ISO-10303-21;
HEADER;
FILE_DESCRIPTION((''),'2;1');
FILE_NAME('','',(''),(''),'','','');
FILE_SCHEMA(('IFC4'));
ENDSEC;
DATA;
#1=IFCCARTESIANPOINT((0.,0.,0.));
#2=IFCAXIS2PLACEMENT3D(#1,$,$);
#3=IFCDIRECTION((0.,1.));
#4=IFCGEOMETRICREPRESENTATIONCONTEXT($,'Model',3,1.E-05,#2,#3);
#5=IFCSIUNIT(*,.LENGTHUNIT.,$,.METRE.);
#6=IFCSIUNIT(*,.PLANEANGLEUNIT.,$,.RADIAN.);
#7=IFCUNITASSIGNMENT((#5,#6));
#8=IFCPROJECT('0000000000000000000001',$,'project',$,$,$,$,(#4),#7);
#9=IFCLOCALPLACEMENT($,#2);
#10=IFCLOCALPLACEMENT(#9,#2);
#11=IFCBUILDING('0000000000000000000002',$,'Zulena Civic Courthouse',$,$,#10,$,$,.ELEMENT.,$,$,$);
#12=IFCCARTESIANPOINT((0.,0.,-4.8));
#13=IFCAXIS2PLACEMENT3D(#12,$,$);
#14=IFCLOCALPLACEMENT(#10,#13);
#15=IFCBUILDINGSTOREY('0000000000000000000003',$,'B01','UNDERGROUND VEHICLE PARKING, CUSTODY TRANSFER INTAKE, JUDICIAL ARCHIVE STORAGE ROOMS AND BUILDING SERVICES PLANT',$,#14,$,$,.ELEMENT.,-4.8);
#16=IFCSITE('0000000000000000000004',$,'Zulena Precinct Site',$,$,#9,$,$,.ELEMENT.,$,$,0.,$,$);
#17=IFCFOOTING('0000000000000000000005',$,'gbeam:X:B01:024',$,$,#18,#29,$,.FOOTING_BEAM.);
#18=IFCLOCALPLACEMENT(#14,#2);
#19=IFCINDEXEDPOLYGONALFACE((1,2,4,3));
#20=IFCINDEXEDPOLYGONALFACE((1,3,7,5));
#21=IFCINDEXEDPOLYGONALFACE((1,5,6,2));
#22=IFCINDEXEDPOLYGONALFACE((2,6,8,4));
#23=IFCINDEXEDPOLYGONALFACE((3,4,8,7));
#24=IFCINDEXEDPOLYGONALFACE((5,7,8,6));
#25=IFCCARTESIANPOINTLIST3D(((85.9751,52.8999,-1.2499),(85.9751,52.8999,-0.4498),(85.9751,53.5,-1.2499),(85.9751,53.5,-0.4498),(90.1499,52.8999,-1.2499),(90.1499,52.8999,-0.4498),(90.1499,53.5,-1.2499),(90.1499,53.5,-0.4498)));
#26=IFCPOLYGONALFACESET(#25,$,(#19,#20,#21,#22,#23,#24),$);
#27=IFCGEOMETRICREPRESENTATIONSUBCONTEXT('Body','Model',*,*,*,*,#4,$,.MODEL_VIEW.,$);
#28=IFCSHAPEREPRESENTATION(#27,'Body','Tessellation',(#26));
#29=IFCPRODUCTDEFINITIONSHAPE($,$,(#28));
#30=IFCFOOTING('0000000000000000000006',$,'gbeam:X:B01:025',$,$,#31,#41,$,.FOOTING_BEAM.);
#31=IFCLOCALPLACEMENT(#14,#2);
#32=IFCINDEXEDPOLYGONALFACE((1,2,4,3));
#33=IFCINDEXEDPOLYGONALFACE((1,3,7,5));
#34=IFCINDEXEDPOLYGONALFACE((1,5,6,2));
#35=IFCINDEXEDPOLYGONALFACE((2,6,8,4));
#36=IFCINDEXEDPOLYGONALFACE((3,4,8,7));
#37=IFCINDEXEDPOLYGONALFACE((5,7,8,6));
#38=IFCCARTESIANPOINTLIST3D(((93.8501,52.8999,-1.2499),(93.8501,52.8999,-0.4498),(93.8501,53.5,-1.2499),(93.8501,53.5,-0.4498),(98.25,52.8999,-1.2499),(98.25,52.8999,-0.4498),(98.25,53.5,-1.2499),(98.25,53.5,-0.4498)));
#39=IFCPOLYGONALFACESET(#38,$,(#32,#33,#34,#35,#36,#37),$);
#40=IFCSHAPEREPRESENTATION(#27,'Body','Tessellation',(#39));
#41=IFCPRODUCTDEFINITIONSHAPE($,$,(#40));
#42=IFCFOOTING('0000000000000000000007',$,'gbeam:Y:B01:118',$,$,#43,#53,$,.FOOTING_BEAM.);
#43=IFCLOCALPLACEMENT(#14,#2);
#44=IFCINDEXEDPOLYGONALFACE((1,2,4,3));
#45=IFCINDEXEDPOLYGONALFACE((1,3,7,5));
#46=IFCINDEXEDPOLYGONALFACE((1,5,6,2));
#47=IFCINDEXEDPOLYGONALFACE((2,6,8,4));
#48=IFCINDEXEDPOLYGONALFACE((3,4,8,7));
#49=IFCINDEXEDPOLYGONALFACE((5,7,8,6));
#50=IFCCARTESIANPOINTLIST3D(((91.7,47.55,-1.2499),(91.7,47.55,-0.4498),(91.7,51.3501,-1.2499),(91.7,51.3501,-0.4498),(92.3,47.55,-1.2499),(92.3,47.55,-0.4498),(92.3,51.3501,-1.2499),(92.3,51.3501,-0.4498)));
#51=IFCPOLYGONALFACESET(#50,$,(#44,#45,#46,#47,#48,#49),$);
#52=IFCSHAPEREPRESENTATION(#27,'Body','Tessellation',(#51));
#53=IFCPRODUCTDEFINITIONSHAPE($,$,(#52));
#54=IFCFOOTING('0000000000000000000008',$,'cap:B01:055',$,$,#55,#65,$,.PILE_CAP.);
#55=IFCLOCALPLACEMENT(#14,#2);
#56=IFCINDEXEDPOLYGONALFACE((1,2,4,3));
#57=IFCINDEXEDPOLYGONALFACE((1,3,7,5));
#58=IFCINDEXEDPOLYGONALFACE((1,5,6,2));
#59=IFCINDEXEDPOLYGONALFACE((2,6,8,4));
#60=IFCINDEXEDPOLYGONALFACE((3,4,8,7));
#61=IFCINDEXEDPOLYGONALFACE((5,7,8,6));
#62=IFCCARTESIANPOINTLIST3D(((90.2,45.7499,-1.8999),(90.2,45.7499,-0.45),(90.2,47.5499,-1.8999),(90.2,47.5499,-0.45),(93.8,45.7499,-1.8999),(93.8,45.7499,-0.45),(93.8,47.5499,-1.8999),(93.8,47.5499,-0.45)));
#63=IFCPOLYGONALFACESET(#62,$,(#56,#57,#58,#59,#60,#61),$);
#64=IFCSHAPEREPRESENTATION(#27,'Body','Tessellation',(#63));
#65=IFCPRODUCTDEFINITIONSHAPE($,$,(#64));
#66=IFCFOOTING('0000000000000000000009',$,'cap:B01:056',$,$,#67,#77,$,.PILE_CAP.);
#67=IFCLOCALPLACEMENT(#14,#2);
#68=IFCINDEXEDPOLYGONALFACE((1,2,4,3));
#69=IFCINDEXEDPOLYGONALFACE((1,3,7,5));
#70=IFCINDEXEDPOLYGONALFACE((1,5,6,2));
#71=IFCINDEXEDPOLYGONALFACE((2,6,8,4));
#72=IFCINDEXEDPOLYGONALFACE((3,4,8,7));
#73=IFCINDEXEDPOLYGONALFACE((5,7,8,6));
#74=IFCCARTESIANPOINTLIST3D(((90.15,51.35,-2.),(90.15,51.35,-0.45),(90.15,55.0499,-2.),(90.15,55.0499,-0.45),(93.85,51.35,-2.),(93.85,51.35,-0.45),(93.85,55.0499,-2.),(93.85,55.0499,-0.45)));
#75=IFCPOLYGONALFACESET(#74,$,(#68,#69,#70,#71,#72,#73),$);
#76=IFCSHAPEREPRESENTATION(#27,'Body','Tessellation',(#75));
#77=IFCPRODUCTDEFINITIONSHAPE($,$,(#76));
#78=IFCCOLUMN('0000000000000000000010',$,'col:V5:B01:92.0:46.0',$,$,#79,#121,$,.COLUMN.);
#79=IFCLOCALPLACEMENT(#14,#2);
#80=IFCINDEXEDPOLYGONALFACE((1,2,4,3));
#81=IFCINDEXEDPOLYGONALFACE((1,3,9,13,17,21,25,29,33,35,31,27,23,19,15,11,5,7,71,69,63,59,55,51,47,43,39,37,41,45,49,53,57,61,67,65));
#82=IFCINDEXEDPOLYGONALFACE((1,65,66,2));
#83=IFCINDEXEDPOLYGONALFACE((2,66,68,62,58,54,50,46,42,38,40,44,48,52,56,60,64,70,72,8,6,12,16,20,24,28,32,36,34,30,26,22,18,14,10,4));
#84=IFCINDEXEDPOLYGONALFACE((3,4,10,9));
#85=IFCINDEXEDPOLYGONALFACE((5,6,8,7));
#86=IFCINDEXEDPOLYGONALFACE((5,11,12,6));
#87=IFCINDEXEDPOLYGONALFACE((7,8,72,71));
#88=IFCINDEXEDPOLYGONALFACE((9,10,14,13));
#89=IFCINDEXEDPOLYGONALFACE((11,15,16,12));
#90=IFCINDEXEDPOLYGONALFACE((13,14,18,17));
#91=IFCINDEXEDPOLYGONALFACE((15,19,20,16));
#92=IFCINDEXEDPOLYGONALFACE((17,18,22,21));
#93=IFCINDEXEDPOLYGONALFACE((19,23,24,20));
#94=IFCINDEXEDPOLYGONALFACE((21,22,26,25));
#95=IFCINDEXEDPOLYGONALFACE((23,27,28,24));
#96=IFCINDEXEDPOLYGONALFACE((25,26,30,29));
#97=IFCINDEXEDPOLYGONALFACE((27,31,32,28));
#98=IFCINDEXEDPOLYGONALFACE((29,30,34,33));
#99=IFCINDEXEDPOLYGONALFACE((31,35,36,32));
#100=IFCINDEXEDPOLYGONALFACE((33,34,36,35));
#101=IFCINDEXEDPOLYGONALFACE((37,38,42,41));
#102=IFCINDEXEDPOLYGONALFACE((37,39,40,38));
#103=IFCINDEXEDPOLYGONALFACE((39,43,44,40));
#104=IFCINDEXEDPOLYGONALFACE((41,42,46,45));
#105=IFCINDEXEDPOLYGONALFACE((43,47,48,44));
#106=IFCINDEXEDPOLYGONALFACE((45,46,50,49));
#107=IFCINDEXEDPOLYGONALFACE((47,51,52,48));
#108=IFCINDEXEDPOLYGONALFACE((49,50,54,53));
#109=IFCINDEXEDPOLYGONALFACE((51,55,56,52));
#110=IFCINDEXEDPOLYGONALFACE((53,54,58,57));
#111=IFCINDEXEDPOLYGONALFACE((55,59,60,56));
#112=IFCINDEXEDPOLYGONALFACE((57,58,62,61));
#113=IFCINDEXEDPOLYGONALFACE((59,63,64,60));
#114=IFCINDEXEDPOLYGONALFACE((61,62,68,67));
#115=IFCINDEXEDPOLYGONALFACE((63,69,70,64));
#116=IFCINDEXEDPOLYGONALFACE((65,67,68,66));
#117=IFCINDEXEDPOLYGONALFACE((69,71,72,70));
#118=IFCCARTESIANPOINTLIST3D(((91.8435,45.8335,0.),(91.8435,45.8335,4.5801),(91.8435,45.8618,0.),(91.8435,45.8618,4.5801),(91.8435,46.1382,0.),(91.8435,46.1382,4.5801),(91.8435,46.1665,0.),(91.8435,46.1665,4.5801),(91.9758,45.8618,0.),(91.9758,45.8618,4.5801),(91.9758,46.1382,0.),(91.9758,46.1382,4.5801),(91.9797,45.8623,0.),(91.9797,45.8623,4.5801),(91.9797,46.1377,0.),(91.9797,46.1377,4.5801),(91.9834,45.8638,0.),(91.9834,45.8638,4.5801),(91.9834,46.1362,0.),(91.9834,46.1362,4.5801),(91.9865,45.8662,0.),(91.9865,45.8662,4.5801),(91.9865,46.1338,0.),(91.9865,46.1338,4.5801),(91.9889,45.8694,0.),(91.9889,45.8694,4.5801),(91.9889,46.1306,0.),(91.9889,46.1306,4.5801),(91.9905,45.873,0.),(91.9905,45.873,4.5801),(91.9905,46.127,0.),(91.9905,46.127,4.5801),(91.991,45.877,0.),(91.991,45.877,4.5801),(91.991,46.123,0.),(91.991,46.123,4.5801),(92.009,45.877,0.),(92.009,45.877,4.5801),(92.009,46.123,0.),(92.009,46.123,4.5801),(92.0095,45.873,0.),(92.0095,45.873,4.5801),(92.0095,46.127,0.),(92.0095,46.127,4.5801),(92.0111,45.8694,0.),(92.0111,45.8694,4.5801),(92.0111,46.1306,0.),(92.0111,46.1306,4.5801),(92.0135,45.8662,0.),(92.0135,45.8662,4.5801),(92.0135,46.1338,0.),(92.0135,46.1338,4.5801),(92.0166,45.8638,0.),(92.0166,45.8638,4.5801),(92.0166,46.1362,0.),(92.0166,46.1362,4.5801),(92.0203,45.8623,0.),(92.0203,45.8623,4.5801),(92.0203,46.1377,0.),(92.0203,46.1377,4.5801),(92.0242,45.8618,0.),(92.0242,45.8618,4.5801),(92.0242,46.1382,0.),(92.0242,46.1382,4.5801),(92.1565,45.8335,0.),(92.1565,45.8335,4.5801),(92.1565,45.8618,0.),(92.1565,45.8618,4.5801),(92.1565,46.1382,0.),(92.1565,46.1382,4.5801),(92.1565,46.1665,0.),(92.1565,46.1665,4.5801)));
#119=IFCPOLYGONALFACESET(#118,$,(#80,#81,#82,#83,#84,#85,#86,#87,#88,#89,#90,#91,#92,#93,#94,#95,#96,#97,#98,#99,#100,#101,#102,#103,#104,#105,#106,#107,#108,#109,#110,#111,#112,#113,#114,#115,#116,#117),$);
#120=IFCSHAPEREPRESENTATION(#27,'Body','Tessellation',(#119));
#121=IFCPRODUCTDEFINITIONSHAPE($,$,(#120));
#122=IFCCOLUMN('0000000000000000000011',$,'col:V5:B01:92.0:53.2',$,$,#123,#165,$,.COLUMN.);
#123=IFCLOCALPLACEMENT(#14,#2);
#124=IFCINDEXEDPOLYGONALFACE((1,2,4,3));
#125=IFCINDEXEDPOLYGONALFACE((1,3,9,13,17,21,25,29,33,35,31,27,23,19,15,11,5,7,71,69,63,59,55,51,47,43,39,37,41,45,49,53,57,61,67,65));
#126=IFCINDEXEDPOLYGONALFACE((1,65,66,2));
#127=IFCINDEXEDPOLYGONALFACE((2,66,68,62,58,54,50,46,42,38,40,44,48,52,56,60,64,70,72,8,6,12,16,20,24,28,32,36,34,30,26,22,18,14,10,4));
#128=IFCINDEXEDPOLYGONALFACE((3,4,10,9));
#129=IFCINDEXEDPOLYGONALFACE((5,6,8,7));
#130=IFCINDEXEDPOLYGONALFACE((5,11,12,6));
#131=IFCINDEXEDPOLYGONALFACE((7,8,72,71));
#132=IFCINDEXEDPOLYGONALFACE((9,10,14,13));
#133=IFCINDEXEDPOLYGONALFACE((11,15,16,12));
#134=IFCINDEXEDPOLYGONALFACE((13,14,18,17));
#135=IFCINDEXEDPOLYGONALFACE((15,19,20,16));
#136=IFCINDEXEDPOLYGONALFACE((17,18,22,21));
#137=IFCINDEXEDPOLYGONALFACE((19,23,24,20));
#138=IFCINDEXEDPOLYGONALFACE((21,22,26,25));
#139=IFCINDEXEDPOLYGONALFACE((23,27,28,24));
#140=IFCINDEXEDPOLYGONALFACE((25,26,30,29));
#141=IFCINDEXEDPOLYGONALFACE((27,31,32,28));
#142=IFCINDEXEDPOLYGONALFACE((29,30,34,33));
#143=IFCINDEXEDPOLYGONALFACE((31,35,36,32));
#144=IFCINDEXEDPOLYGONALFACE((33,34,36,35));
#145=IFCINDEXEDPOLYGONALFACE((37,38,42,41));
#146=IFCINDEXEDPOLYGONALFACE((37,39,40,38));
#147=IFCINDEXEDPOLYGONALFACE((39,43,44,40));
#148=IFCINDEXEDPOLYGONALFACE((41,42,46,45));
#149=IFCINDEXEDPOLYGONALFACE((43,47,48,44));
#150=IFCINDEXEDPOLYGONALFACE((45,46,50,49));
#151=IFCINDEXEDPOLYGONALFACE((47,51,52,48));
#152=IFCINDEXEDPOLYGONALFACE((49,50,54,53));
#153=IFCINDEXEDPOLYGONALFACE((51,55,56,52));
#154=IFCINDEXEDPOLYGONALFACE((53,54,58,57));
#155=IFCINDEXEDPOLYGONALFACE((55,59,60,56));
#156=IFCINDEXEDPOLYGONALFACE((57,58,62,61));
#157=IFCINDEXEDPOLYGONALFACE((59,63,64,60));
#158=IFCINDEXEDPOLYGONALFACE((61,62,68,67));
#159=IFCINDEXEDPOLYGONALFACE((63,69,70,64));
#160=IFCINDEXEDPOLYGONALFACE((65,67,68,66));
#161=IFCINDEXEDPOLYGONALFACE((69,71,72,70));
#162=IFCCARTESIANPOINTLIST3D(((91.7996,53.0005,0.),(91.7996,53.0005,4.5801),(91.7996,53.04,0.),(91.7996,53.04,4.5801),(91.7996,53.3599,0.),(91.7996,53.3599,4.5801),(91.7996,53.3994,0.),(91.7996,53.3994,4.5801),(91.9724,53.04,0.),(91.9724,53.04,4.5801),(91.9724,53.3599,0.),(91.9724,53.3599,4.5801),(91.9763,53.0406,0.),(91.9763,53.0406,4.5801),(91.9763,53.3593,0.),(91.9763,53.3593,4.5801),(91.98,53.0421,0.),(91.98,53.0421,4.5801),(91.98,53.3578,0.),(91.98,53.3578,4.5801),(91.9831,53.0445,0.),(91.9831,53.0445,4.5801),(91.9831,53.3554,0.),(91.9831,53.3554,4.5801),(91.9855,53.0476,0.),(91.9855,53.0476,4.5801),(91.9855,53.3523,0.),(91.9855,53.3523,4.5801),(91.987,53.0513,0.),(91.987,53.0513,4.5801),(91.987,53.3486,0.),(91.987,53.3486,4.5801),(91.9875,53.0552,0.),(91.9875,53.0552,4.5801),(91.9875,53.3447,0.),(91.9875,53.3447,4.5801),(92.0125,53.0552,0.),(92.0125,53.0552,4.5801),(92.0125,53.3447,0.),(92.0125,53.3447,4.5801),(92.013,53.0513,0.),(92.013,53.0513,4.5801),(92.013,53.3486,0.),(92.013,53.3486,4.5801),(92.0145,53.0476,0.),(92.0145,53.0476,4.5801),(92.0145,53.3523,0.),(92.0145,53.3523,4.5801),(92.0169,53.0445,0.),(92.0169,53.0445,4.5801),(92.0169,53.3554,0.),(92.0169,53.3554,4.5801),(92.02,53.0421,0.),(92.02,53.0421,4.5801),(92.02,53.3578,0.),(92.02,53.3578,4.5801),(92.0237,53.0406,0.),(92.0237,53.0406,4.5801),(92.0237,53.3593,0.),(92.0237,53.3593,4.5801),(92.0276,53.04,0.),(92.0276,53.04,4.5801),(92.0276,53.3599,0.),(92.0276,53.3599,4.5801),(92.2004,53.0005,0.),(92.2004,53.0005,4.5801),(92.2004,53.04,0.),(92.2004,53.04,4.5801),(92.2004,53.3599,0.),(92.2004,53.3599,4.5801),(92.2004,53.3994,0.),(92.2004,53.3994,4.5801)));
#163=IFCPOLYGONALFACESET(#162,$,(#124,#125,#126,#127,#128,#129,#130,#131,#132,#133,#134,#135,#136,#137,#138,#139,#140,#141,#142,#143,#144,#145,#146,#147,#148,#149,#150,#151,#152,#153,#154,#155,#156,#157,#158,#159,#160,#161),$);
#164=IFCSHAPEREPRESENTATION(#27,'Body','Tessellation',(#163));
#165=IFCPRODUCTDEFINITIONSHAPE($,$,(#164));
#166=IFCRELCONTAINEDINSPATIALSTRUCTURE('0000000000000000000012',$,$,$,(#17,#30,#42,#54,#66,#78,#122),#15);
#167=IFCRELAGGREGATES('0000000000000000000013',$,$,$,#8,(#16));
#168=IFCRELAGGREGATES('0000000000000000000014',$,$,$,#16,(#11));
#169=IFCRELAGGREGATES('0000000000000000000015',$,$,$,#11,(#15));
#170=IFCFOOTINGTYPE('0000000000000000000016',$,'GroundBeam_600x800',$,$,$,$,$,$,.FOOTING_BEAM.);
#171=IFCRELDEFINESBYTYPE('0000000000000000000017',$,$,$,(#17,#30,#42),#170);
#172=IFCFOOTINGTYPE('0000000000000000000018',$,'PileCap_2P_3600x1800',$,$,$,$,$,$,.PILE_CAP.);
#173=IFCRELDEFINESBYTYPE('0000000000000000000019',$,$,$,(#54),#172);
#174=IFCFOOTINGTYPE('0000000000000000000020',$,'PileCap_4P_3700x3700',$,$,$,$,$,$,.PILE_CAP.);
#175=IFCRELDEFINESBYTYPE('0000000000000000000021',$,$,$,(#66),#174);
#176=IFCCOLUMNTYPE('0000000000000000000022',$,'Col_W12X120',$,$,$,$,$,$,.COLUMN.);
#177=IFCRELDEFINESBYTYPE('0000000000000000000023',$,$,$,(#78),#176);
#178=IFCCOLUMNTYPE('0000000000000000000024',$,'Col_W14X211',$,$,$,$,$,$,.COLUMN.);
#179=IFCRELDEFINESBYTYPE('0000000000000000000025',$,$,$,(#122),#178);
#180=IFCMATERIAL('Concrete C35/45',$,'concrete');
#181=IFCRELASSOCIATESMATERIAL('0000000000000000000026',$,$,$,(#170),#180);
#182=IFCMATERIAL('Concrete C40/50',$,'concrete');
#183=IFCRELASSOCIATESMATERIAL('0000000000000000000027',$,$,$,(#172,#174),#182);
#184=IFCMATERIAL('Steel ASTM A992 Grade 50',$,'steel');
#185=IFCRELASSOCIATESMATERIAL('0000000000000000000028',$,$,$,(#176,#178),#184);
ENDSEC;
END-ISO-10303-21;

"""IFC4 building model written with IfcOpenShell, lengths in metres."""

from ifc_helpers import new_model, si_unit, direction, frame, origin, origin_2d, place, context, subcontext, project, spatial, rectangle, i_section, extrude, material, material_profile, profile_set, type_object, element, save


model = new_model("IFC4")

# Units and contexts
model_context = context("Model", 3, precision=1e-05, world=origin(), true_north=direction((0.0, 1.0)))
body_context = subcontext(model_context, "Body", "Model", "MODEL_VIEW")
ifc_project = project(units=[si_unit("LENGTHUNIT", "METRE"), si_unit("PLANEANGLEUNIT", "RADIAN")], contexts=[model_context])

# Site, building, storey
site_placement = place(None, origin())
site = spatial("IfcSite", under=ifc_project, at=site_placement, Name="Zulena Precinct Site", CompositionType="ELEMENT", RefElevation=0.0)
building_placement = place(site_placement, origin())
building = spatial("IfcBuilding", under=site, at=building_placement, Name="Zulena Civic Courthouse", CompositionType="ELEMENT")
storey_placement = place(building_placement, frame((0.0, 0.0, -4.8)))
storey = spatial("IfcBuildingStorey", under=building, at=storey_placement, Name="B01", Description="UNDERGROUND VEHICLE PARKING, CUSTODY TRANSFER INTAKE, JUDICIAL ARCHIVE STORAGE ROOMS AND BUILDING SERVICES PLANT", CompositionType="ELEMENT", Elevation=-4.8)

# Shared definitions
ifc_material_1 = material(Name="Concrete C40/50", Category="concrete")

# Footings
ifc_material_2 = material(Name="Concrete C35/45", Category="concrete")
ifc_material_profile_1 = material_profile(ifc_material_2, rectangle(XDim=0.6001, YDim=0.8, at=origin_2d()), Name="RC600X800")
ifc_profile_set_1 = profile_set([ifc_material_profile_1], Name="Concrete C35/45")
footing_type_1 = type_object("IfcFootingType", Name="GroundBeam_600x800", PredefinedType="FOOTING_BEAM", material=ifc_profile_set_1)
footing_1_placement = place(storey_placement, frame((85.9751, 53.2, -0.8499), z_axis=(1.0, 0.0, 0.0), x_axis=(0.0, 1.0, 0.0)))
element("IfcFooting", 1, at=footing_1_placement, inside=storey, type_object=footing_type_1, Name="gbeam:X:B01:024", PredefinedType="FOOTING_BEAM", context=body_context, shape_type="SweptSolid", body=[
    extrude(rectangle(XDim=0.6001, YDim=0.8, at=origin_2d()), origin(), (0.0, 0.0, 1.0), 4.1748),
])
footing_2_placement = place(storey_placement, frame((93.8501, 53.2, -0.8499), z_axis=(1.0, 0.0, 0.0), x_axis=(0.0, 1.0, 0.0)))
element("IfcFooting", 2, at=footing_2_placement, inside=storey, type_object=footing_type_1, Name="gbeam:X:B01:025", PredefinedType="FOOTING_BEAM", context=body_context, shape_type="SweptSolid", body=[
    extrude(rectangle(XDim=0.6001, YDim=0.8, at=origin_2d()), origin(), (0.0, 0.0, 1.0), 4.3999),
])
footing_3_placement = place(storey_placement, frame((92.0, 47.55, -0.8499), z_axis=(0.0, 1.0, 0.0), x_axis=(-1.0, 0.0, 0.0)))
element("IfcFooting", 3, at=footing_3_placement, inside=storey, type_object=footing_type_1, Name="gbeam:Y:B01:118", PredefinedType="FOOTING_BEAM", context=body_context, shape_type="SweptSolid", body=[
    extrude(rectangle(XDim=0.6001, YDim=0.8, at=origin_2d()), origin(), (0.0, 0.0, 1.0), 3.8),
])
footing_type_2 = type_object("IfcFootingType", Name="PileCap_2P_3600x1800", PredefinedType="PILE_CAP", material=ifc_material_1)
footing_4_placement = place(storey_placement, frame((92.0, 46.6499, -1.8999), z_axis=(0.0, 0.0, 1.0), x_axis=(1.0, 0.0, 0.0)))
element("IfcFooting", 4, at=footing_4_placement, inside=storey, type_object=footing_type_2, Name="cap:B01:055", PredefinedType="PILE_CAP", context=body_context, shape_type="SweptSolid", body=[
    extrude(rectangle(XDim=3.6001, YDim=1.8, at=origin_2d()), origin(), (0.0, 0.0, 1.0), 1.45),
])
footing_type_3 = type_object("IfcFootingType", Name="PileCap_4P_3700x3700", PredefinedType="PILE_CAP", material=ifc_material_1)
footing_5_placement = place(storey_placement, frame((92.0, 53.2, -2.0), z_axis=(0.0, 0.0, 1.0), x_axis=(1.0, 0.0, 0.0)))
element("IfcFooting", 5, at=footing_5_placement, inside=storey, type_object=footing_type_3, Name="cap:B01:056", PredefinedType="PILE_CAP", context=body_context, shape_type="SweptSolid", body=[
    extrude(rectangle(XDim=3.7, YDim=3.7, at=origin_2d()), origin(), (0.0, 0.0, 1.0), 1.55),
])

# Columns
ifc_material_3 = material(Name="Steel ASTM A992 Grade 50", Category="steel")
ifc_material_profile_2 = material_profile(ifc_material_3, i_section(OverallWidth=0.313, OverallDepth=0.333, WebThickness=0.0181, FlangeThickness=0.0283, FilletRadius=0.0151, at=origin_2d()), Name="W12X120")
ifc_profile_set_2 = profile_set([ifc_material_profile_2], Name="Steel ASTM A992 Grade 50")
column_type_1 = type_object("IfcColumnType", Name="Col_W12X120", PredefinedType="COLUMN", material=ifc_profile_set_2)
column_1_placement = place(storey_placement, frame((92.0, 46.0, 0.0), z_axis=(0.0, 0.0, 1.0), x_axis=(1.0, 0.0, 0.0)))
element("IfcColumn", 6, at=column_1_placement, inside=storey, type_object=column_type_1, Name="col:V5:B01:92.0:46.0", PredefinedType="COLUMN", context=body_context, shape_type="SweptSolid", body=[
    extrude(i_section(OverallWidth=0.313, OverallDepth=0.333, WebThickness=0.0181, FlangeThickness=0.0283, FilletRadius=0.0151, at=origin_2d()), origin(), (0.0, 0.0, 1.0), 4.5801),
])
ifc_material_profile_3 = material_profile(ifc_material_3, i_section(OverallWidth=0.4009, OverallDepth=0.3989, WebThickness=0.0249, FlangeThickness=0.0396, FilletRadius=0.0151, at=origin_2d()), Name="W14X211")
ifc_profile_set_3 = profile_set([ifc_material_profile_3], Name="Steel ASTM A992 Grade 50")
column_type_2 = type_object("IfcColumnType", Name="Col_W14X211", PredefinedType="COLUMN", material=ifc_profile_set_3)
column_2_placement = place(storey_placement, frame((92.0, 53.2, 0.0), z_axis=(0.0, 0.0, 1.0), x_axis=(1.0, 0.0, 0.0)))
element("IfcColumn", 7, at=column_2_placement, inside=storey, type_object=column_type_2, Name="col:V5:B01:92.0:53.2", PredefinedType="COLUMN", context=body_context, shape_type="SweptSolid", body=[
    extrude(i_section(OverallWidth=0.4009, OverallDepth=0.3989, WebThickness=0.0249, FlangeThickness=0.0396, FilletRadius=0.0151, at=origin_2d()), origin(), (0.0, 0.0, 1.0), 4.5801),
])

save(model, "model.ifc")
